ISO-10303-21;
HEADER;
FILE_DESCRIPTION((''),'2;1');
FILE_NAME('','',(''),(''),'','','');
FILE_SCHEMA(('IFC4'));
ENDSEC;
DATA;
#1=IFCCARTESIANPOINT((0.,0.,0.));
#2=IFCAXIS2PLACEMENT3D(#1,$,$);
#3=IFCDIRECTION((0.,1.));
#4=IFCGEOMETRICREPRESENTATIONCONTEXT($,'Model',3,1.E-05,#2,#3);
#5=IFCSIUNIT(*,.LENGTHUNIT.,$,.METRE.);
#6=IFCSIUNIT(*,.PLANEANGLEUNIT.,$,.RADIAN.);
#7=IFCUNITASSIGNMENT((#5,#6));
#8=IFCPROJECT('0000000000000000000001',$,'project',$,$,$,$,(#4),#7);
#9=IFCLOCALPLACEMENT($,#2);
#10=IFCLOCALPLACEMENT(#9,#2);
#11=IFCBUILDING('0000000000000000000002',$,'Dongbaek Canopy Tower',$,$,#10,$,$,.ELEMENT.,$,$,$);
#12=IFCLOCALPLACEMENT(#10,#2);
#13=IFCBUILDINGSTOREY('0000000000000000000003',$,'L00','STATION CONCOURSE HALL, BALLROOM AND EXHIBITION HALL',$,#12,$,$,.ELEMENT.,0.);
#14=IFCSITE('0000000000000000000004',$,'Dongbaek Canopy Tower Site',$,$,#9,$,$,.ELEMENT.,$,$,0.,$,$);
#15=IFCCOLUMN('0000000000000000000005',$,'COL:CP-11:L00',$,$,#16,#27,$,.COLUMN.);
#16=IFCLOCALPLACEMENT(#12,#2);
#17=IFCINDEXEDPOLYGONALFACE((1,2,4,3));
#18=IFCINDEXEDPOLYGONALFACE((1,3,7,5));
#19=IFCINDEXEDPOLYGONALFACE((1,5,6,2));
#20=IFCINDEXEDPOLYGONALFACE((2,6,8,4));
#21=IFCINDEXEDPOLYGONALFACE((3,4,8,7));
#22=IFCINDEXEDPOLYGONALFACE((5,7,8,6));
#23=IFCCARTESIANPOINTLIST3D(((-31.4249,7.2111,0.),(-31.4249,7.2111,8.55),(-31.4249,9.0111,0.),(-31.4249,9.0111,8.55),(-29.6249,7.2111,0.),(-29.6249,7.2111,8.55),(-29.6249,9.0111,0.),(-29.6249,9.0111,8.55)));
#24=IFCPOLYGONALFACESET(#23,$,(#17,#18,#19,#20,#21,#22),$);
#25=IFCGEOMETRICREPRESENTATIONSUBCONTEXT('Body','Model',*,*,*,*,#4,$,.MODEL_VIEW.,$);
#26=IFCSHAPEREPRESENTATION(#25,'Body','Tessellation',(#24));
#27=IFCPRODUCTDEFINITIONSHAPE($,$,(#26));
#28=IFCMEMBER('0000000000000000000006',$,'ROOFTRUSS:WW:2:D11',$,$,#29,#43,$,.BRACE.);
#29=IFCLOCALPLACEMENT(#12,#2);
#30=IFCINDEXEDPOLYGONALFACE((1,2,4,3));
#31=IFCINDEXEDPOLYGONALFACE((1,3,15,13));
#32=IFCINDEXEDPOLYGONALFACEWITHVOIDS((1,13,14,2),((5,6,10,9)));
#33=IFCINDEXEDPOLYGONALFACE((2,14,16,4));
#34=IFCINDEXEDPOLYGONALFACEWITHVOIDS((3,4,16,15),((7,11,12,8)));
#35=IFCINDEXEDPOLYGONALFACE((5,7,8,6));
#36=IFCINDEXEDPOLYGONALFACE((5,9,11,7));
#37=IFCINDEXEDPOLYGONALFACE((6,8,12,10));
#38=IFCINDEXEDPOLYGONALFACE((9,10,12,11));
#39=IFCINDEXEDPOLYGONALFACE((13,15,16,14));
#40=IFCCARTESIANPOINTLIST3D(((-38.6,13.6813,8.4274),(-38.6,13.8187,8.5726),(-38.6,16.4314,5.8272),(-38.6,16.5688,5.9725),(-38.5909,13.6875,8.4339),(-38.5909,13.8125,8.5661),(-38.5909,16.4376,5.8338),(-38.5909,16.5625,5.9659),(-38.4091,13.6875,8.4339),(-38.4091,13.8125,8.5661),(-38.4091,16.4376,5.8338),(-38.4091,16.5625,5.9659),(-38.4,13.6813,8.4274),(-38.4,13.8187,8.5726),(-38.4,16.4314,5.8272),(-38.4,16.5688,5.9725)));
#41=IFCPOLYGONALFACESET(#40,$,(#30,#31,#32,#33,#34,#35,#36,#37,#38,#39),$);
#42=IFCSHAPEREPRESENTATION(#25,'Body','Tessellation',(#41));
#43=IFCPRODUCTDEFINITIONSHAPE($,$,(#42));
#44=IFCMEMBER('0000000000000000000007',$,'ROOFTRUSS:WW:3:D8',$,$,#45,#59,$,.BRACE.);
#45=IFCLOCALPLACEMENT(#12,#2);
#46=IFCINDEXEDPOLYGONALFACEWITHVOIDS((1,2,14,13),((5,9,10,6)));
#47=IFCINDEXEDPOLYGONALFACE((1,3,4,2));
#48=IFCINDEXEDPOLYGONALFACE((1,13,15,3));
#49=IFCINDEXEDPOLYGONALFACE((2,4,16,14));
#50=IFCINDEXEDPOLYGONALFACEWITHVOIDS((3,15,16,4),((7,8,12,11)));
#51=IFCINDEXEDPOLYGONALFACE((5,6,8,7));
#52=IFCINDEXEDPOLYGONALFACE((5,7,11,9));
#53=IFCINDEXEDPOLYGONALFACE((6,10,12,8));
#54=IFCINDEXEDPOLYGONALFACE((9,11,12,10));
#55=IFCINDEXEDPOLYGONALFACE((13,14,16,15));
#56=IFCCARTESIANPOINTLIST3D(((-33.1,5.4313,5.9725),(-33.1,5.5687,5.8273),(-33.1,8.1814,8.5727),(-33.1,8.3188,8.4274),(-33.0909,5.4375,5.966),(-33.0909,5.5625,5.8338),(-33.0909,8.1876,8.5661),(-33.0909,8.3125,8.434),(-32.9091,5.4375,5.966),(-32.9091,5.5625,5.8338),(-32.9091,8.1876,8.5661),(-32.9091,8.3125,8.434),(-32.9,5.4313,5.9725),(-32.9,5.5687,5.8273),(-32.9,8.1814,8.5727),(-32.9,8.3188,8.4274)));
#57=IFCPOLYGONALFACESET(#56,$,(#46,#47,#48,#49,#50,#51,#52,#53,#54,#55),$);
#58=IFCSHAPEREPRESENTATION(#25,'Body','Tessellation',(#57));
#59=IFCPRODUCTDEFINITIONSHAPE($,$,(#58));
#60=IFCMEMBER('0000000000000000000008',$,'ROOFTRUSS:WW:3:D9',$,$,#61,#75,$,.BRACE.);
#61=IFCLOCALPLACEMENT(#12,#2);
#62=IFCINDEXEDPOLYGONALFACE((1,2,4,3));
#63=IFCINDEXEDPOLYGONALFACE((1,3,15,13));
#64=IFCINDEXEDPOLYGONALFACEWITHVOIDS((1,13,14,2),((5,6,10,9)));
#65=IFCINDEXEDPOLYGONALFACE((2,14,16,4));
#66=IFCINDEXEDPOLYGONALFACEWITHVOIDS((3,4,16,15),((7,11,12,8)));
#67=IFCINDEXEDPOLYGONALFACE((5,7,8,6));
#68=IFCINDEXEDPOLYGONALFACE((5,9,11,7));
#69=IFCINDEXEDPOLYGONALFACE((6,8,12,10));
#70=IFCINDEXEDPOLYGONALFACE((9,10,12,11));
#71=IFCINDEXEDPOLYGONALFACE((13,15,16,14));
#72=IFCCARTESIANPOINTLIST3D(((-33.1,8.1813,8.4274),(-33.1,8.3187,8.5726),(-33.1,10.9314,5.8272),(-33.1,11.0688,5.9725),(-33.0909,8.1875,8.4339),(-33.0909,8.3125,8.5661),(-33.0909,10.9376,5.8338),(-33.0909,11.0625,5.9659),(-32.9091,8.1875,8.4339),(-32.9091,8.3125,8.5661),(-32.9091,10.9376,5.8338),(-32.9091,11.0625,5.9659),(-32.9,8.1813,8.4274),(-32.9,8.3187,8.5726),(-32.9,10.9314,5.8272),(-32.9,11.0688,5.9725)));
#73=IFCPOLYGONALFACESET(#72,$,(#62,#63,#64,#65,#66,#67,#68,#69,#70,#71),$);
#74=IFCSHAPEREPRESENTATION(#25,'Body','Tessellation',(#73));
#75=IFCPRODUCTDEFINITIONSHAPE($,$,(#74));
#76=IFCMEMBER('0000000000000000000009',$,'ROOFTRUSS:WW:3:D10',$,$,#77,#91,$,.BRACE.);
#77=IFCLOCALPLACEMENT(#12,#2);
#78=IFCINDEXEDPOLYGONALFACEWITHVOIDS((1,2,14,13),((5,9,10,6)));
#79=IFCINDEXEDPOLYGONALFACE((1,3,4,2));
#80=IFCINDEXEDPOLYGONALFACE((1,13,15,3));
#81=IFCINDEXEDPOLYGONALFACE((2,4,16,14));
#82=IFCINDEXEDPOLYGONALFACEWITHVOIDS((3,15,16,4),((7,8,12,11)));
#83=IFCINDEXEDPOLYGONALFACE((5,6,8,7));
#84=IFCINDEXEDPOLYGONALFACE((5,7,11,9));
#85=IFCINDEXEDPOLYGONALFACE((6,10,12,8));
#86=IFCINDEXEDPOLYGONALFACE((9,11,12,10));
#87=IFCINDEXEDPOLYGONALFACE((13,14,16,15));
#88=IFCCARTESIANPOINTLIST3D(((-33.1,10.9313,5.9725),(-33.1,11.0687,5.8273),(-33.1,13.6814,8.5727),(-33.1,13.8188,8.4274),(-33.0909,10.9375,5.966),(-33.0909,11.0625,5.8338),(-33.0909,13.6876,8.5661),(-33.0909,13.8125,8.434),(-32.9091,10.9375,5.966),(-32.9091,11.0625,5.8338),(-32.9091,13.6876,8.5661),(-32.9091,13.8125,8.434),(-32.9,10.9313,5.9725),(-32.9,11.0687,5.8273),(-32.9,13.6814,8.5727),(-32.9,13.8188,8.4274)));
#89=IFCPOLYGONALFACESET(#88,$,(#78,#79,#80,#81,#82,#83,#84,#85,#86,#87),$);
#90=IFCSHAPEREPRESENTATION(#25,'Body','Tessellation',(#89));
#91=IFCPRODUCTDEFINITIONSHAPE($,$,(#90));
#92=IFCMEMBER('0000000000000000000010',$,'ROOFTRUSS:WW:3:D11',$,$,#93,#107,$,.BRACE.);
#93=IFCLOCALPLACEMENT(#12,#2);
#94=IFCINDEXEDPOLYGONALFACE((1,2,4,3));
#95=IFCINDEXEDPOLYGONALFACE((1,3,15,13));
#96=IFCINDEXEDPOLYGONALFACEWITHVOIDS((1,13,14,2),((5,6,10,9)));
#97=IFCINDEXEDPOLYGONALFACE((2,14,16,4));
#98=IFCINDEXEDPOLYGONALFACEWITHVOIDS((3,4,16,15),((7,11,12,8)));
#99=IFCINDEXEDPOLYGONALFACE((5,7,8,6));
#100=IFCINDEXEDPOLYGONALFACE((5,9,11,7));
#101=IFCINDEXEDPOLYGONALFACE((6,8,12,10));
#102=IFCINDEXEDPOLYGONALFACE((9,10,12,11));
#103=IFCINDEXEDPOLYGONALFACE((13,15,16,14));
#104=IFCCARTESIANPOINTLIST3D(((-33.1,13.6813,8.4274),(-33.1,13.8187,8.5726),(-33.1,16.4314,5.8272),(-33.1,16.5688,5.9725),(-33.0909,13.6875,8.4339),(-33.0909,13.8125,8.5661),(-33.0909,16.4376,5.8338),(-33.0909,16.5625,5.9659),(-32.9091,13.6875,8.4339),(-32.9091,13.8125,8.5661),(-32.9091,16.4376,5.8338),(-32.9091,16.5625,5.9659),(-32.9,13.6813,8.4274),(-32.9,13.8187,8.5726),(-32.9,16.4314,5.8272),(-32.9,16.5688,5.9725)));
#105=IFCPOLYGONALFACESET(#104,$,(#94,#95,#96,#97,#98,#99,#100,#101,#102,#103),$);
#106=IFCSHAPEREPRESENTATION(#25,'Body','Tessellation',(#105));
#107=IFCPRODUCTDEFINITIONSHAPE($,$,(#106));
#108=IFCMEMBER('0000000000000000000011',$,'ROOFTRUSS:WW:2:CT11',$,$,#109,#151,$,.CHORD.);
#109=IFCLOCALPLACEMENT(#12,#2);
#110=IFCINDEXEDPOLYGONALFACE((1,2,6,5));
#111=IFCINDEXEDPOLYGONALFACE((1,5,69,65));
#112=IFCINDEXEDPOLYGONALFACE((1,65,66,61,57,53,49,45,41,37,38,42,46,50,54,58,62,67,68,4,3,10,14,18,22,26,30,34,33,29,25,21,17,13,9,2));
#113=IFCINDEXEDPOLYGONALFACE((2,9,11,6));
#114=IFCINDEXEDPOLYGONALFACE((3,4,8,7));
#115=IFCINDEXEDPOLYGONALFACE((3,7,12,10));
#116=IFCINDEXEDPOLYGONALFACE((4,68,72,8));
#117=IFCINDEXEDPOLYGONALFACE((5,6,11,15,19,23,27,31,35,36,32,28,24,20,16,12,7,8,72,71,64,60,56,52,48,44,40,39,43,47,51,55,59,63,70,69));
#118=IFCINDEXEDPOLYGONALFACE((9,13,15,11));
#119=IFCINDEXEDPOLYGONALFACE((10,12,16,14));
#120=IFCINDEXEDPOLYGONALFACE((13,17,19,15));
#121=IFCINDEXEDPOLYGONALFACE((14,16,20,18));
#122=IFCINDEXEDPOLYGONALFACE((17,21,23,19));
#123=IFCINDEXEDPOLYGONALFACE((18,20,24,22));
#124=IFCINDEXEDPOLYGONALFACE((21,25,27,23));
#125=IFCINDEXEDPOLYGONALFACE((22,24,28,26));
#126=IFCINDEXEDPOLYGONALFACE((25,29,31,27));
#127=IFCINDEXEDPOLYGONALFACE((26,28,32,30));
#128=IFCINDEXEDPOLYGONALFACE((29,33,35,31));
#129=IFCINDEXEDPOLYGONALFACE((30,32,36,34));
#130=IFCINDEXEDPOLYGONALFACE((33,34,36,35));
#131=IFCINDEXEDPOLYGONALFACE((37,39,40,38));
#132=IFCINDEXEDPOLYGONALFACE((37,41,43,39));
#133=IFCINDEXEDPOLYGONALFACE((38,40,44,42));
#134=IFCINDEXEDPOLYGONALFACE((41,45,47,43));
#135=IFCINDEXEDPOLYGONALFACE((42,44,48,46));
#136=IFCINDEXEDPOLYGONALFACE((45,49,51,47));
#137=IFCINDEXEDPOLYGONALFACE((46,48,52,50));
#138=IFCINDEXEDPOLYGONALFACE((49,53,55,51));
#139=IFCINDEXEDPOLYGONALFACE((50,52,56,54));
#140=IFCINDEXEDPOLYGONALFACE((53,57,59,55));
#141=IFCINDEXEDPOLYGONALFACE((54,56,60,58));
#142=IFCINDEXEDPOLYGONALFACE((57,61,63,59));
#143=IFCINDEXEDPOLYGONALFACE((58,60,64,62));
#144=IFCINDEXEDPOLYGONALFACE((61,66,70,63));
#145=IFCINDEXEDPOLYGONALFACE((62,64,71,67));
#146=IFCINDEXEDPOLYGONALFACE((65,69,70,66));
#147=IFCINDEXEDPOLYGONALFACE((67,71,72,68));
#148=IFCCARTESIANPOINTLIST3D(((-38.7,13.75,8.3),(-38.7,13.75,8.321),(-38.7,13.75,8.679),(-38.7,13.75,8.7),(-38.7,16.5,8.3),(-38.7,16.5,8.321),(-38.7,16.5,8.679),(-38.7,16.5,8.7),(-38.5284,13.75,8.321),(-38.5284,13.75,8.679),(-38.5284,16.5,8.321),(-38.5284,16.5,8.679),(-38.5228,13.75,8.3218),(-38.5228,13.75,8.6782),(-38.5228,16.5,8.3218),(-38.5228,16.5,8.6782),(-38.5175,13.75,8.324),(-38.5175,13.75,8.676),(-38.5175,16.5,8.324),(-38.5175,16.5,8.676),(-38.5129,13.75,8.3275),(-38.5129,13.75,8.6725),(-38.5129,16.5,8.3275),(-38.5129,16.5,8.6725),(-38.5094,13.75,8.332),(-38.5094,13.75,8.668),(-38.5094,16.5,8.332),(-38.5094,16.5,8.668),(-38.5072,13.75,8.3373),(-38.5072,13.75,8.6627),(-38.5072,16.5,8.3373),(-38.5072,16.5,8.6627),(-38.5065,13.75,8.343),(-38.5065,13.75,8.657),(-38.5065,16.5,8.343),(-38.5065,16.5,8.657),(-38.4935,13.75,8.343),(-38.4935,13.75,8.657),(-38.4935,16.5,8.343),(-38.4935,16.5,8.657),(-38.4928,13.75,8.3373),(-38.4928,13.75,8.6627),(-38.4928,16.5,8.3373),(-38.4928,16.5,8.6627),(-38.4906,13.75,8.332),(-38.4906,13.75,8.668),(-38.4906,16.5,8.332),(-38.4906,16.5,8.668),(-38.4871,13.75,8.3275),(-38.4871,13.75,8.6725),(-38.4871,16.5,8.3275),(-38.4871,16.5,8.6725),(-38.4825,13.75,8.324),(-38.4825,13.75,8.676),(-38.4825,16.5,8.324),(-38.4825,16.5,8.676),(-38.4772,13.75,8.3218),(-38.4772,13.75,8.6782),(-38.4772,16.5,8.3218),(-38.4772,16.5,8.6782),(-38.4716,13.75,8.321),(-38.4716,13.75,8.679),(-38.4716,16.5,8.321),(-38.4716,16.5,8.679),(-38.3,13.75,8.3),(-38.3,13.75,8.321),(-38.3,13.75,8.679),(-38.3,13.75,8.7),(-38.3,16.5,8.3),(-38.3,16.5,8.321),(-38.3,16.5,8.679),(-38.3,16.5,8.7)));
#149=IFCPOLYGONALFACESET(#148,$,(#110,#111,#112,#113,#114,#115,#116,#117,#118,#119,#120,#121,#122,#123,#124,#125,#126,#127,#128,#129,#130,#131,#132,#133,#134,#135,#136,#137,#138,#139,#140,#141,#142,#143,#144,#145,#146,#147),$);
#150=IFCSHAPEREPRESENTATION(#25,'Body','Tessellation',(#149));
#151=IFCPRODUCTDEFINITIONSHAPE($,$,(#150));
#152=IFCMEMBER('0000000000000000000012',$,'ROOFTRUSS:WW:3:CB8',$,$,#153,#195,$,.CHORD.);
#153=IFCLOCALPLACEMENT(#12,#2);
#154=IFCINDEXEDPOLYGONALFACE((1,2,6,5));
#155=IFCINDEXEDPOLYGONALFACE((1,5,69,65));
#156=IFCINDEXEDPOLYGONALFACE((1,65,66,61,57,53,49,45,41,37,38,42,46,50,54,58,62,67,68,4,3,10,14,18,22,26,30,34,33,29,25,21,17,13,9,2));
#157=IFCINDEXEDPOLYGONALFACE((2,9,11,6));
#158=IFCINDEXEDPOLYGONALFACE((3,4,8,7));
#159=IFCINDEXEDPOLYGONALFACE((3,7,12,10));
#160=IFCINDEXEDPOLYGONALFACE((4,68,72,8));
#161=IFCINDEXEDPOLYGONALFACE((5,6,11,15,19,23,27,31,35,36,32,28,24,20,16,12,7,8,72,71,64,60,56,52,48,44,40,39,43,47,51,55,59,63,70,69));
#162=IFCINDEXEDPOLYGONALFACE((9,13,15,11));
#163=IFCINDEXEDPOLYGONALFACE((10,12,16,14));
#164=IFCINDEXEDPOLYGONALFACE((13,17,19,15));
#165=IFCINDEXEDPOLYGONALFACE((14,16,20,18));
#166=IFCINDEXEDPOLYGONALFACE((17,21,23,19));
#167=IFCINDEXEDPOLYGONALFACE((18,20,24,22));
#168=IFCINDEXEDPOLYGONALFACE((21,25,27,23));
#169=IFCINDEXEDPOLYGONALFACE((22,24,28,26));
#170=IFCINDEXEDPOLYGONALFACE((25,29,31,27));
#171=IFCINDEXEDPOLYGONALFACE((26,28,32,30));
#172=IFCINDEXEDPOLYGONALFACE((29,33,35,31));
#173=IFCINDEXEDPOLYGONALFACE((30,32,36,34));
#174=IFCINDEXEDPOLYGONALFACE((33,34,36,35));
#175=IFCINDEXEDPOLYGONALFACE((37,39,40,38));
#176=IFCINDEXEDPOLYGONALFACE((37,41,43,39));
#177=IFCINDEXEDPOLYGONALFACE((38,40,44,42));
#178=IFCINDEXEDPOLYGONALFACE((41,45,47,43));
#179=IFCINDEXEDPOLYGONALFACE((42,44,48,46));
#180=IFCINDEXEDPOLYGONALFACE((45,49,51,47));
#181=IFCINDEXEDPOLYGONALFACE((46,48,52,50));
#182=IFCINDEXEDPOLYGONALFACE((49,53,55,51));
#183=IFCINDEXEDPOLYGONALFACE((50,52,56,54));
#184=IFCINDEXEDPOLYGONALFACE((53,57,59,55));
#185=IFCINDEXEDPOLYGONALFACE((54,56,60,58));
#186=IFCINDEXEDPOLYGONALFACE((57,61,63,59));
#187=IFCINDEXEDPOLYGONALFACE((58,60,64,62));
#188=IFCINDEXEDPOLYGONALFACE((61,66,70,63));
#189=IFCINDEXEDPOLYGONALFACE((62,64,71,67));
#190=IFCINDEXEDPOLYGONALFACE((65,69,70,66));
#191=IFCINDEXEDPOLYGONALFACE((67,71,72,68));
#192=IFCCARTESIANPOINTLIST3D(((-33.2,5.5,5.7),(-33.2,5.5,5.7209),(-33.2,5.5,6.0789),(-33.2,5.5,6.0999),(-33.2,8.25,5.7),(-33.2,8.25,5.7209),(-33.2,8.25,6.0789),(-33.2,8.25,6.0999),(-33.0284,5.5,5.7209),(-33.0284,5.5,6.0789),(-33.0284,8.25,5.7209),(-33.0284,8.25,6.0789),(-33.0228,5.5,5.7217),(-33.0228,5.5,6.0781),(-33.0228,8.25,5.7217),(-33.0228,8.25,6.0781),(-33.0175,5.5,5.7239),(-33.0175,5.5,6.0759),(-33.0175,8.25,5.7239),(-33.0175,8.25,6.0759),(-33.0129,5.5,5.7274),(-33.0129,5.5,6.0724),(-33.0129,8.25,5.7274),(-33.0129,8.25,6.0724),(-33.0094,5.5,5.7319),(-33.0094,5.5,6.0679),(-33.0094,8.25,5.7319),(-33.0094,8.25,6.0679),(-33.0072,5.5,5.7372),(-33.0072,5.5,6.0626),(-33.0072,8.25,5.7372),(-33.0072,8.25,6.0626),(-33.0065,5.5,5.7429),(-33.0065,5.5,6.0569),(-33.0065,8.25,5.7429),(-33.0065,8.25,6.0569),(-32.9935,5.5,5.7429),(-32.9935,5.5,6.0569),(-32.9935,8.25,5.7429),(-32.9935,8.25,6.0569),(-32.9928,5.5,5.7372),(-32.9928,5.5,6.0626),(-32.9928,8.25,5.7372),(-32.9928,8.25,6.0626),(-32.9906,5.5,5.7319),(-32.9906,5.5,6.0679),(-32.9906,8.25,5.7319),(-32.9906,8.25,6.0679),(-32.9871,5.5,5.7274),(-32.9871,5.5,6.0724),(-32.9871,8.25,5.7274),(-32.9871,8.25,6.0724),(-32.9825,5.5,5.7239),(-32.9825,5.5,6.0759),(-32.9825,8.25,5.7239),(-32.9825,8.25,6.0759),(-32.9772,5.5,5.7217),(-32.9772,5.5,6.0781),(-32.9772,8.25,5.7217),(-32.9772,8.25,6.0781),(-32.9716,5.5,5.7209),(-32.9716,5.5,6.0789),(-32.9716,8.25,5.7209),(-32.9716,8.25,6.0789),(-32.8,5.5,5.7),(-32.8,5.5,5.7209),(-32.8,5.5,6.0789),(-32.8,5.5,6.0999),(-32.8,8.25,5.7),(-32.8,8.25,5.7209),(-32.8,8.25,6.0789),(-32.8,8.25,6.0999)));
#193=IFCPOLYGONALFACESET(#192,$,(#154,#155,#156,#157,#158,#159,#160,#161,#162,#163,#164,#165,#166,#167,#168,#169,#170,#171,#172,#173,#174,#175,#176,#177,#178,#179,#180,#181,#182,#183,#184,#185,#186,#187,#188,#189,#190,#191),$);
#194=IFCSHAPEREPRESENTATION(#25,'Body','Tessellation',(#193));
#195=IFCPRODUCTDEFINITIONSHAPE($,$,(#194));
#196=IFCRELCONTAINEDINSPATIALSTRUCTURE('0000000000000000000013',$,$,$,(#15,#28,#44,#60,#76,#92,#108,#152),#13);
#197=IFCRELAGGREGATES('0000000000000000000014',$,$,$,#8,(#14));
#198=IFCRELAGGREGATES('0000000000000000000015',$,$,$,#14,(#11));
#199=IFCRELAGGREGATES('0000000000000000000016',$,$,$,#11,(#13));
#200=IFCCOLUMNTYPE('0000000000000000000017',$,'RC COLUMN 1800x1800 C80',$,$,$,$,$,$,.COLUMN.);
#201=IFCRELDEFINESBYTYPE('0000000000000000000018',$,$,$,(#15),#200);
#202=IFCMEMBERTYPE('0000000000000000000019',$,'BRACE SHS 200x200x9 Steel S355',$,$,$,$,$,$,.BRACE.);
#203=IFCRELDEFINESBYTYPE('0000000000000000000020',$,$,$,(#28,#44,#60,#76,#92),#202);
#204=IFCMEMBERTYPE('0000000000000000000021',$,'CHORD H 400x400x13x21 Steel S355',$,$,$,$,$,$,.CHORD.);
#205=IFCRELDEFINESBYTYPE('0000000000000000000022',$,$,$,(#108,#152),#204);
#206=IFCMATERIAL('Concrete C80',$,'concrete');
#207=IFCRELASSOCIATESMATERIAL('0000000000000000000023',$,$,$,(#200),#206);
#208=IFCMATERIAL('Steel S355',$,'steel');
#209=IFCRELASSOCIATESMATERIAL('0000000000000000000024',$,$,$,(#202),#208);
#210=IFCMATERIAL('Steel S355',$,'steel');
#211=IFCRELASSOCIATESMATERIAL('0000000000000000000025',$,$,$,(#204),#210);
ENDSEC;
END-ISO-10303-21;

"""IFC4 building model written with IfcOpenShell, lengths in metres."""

from ifc_helpers import new_model, si_unit, direction, frame, origin, origin_2d, place, context, subcontext, project, spatial, rectangle, hollow_rectangle, i_section, extrude, material, material_profile, profile_set, type_object, element, save


model = new_model("IFC4")

# Units and contexts
model_context = context("Model", 3, precision=1e-05, world=origin(), true_north=direction((0.0, 1.0)))
body_context = subcontext(model_context, "Body", "Model", "MODEL_VIEW")
ifc_project = project(units=[si_unit("LENGTHUNIT", "METRE"), si_unit("PLANEANGLEUNIT", "RADIAN")], contexts=[model_context])

# Site, building, storey
site_placement = place(None, origin())
site = spatial("IfcSite", under=ifc_project, at=site_placement, Name="Dongbaek Canopy Tower Site", CompositionType="ELEMENT", RefElevation=0.0)
building_placement = place(site_placement, origin())
building = spatial("IfcBuilding", under=site, at=building_placement, Name="Dongbaek Canopy Tower", CompositionType="ELEMENT")
storey_placement = place(building_placement, origin())
storey = spatial("IfcBuildingStorey", under=building, at=storey_placement, Name="L00", Description="STATION CONCOURSE HALL, BALLROOM AND EXHIBITION HALL", CompositionType="ELEMENT", Elevation=0.0)

# Column
ifc_material_1 = material(Name="Concrete C80", Category="concrete")
ifc_material_profile_1 = material_profile(ifc_material_1, rectangle(XDim=1.8, YDim=1.8, at=origin_2d()), Name="RC COLUMN 1800x1800 C80")
ifc_profile_set_1 = profile_set([ifc_material_profile_1], Name="Concrete C80")
column_type = type_object("IfcColumnType", Name="RC COLUMN 1800x1800 C80", PredefinedType="COLUMN", material=ifc_profile_set_1)
column_placement = place(storey_placement, frame((-30.5249, 8.1111, 0.0), z_axis=(0.0, 0.0, 1.0), x_axis=(1.0, 0.0, 0.0)))
element("IfcColumn", 1, at=column_placement, inside=storey, type_object=column_type, Name="COL:CP-11:L00", PredefinedType="COLUMN", context=body_context, shape_type="SweptSolid", body=[
    extrude(rectangle(XDim=1.8, YDim=1.8, at=origin_2d()), origin(), (0.0, 0.0, 1.0), 8.55),
])

# Members
ifc_material_2 = material(Name="Steel S355", Category="steel")
ifc_material_profile_2 = material_profile(ifc_material_2, hollow_rectangle(XDim=0.2, YDim=0.2, WallThickness=0.009, at=origin_2d()), Name="BRACE SHS 200x200x9 Steel S355")
ifc_profile_set_2 = profile_set([ifc_material_profile_2], Name="Steel S355")
member_type_1 = type_object("IfcMemberType", Name="BRACE SHS 200x200x9 Steel S355", PredefinedType="BRACE", material=ifc_profile_set_2)
for number, where, z_axis, x_axis, name in (
    (2, (-38.5, 13.75, 8.5), (0.0, 0.726634, -0.687025), (-1.0, 0.0, 0.0), "ROOFTRUSS:WW:2:D11"),
    (3, (-33.0, 5.5, 5.8999), (0.0, 0.726634, 0.687025), (-1.0, 0.0, 0.0), "ROOFTRUSS:WW:3:D8"),
    (4, (-33.0, 8.25, 8.5), (0.0, 0.726634, -0.687025), (-1.0, 0.0, 0.0), "ROOFTRUSS:WW:3:D9"),
    (5, (-33.0, 11.0, 5.8999), (0.0, 0.726634, 0.687025), (-1.0, 0.0, 0.0), "ROOFTRUSS:WW:3:D10"),
    (6, (-33.0, 13.75, 8.5), (0.0, 0.726634, -0.687025), (-1.0, 0.0, 0.0), "ROOFTRUSS:WW:3:D11"),
):
    element("IfcMember", number, at=place(storey_placement, frame(where, z_axis=z_axis, x_axis=x_axis)), inside=storey, type_object=member_type_1, Name=name, PredefinedType="BRACE", context=body_context, shape_type="SweptSolid", body=[
        extrude(hollow_rectangle(XDim=0.2, YDim=0.2, WallThickness=0.009, at=origin_2d()), origin(), (0.0, 0.0, 1.0), 3.7847),
    ])
ifc_material_3 = material(Name="Steel S355", Category="steel")
ifc_material_profile_3 = material_profile(ifc_material_3, i_section(OverallWidth=0.3999, OverallDepth=0.3999, WebThickness=0.0129, FlangeThickness=0.021, FilletRadius=0.022, at=origin_2d()), Name="CHORD H 400x400x13x21 Steel S355")
ifc_profile_set_3 = profile_set([ifc_material_profile_3], Name="Steel S355")
member_type_2 = type_object("IfcMemberType", Name="CHORD H 400x400x13x21 Steel S355", PredefinedType="CHORD", material=ifc_profile_set_3)
for number, where, z_axis, x_axis, name in (
    (7, (-38.5, 13.75, 8.5), (0.0, 1.0, 0.0), (-1.0, 0.0, 0.0), "ROOFTRUSS:WW:2:CT11"),
    (8, (-33.0, 5.5, 5.8999), (0.0, 1.0, 0.0), (-1.0, 0.0, 0.0), "ROOFTRUSS:WW:3:CB8"),
):
    element("IfcMember", number, at=place(storey_placement, frame(where, z_axis=z_axis, x_axis=x_axis)), inside=storey, type_object=member_type_2, Name=name, PredefinedType="CHORD", context=body_context, shape_type="SweptSolid", body=[
        extrude(i_section(OverallWidth=0.3999, OverallDepth=0.3999, WebThickness=0.0129, FlangeThickness=0.021, FilletRadius=0.022, at=origin_2d()), origin(), (0.0, 0.0, 1.0), 2.75),
    ])

save(model, "model.ifc")
